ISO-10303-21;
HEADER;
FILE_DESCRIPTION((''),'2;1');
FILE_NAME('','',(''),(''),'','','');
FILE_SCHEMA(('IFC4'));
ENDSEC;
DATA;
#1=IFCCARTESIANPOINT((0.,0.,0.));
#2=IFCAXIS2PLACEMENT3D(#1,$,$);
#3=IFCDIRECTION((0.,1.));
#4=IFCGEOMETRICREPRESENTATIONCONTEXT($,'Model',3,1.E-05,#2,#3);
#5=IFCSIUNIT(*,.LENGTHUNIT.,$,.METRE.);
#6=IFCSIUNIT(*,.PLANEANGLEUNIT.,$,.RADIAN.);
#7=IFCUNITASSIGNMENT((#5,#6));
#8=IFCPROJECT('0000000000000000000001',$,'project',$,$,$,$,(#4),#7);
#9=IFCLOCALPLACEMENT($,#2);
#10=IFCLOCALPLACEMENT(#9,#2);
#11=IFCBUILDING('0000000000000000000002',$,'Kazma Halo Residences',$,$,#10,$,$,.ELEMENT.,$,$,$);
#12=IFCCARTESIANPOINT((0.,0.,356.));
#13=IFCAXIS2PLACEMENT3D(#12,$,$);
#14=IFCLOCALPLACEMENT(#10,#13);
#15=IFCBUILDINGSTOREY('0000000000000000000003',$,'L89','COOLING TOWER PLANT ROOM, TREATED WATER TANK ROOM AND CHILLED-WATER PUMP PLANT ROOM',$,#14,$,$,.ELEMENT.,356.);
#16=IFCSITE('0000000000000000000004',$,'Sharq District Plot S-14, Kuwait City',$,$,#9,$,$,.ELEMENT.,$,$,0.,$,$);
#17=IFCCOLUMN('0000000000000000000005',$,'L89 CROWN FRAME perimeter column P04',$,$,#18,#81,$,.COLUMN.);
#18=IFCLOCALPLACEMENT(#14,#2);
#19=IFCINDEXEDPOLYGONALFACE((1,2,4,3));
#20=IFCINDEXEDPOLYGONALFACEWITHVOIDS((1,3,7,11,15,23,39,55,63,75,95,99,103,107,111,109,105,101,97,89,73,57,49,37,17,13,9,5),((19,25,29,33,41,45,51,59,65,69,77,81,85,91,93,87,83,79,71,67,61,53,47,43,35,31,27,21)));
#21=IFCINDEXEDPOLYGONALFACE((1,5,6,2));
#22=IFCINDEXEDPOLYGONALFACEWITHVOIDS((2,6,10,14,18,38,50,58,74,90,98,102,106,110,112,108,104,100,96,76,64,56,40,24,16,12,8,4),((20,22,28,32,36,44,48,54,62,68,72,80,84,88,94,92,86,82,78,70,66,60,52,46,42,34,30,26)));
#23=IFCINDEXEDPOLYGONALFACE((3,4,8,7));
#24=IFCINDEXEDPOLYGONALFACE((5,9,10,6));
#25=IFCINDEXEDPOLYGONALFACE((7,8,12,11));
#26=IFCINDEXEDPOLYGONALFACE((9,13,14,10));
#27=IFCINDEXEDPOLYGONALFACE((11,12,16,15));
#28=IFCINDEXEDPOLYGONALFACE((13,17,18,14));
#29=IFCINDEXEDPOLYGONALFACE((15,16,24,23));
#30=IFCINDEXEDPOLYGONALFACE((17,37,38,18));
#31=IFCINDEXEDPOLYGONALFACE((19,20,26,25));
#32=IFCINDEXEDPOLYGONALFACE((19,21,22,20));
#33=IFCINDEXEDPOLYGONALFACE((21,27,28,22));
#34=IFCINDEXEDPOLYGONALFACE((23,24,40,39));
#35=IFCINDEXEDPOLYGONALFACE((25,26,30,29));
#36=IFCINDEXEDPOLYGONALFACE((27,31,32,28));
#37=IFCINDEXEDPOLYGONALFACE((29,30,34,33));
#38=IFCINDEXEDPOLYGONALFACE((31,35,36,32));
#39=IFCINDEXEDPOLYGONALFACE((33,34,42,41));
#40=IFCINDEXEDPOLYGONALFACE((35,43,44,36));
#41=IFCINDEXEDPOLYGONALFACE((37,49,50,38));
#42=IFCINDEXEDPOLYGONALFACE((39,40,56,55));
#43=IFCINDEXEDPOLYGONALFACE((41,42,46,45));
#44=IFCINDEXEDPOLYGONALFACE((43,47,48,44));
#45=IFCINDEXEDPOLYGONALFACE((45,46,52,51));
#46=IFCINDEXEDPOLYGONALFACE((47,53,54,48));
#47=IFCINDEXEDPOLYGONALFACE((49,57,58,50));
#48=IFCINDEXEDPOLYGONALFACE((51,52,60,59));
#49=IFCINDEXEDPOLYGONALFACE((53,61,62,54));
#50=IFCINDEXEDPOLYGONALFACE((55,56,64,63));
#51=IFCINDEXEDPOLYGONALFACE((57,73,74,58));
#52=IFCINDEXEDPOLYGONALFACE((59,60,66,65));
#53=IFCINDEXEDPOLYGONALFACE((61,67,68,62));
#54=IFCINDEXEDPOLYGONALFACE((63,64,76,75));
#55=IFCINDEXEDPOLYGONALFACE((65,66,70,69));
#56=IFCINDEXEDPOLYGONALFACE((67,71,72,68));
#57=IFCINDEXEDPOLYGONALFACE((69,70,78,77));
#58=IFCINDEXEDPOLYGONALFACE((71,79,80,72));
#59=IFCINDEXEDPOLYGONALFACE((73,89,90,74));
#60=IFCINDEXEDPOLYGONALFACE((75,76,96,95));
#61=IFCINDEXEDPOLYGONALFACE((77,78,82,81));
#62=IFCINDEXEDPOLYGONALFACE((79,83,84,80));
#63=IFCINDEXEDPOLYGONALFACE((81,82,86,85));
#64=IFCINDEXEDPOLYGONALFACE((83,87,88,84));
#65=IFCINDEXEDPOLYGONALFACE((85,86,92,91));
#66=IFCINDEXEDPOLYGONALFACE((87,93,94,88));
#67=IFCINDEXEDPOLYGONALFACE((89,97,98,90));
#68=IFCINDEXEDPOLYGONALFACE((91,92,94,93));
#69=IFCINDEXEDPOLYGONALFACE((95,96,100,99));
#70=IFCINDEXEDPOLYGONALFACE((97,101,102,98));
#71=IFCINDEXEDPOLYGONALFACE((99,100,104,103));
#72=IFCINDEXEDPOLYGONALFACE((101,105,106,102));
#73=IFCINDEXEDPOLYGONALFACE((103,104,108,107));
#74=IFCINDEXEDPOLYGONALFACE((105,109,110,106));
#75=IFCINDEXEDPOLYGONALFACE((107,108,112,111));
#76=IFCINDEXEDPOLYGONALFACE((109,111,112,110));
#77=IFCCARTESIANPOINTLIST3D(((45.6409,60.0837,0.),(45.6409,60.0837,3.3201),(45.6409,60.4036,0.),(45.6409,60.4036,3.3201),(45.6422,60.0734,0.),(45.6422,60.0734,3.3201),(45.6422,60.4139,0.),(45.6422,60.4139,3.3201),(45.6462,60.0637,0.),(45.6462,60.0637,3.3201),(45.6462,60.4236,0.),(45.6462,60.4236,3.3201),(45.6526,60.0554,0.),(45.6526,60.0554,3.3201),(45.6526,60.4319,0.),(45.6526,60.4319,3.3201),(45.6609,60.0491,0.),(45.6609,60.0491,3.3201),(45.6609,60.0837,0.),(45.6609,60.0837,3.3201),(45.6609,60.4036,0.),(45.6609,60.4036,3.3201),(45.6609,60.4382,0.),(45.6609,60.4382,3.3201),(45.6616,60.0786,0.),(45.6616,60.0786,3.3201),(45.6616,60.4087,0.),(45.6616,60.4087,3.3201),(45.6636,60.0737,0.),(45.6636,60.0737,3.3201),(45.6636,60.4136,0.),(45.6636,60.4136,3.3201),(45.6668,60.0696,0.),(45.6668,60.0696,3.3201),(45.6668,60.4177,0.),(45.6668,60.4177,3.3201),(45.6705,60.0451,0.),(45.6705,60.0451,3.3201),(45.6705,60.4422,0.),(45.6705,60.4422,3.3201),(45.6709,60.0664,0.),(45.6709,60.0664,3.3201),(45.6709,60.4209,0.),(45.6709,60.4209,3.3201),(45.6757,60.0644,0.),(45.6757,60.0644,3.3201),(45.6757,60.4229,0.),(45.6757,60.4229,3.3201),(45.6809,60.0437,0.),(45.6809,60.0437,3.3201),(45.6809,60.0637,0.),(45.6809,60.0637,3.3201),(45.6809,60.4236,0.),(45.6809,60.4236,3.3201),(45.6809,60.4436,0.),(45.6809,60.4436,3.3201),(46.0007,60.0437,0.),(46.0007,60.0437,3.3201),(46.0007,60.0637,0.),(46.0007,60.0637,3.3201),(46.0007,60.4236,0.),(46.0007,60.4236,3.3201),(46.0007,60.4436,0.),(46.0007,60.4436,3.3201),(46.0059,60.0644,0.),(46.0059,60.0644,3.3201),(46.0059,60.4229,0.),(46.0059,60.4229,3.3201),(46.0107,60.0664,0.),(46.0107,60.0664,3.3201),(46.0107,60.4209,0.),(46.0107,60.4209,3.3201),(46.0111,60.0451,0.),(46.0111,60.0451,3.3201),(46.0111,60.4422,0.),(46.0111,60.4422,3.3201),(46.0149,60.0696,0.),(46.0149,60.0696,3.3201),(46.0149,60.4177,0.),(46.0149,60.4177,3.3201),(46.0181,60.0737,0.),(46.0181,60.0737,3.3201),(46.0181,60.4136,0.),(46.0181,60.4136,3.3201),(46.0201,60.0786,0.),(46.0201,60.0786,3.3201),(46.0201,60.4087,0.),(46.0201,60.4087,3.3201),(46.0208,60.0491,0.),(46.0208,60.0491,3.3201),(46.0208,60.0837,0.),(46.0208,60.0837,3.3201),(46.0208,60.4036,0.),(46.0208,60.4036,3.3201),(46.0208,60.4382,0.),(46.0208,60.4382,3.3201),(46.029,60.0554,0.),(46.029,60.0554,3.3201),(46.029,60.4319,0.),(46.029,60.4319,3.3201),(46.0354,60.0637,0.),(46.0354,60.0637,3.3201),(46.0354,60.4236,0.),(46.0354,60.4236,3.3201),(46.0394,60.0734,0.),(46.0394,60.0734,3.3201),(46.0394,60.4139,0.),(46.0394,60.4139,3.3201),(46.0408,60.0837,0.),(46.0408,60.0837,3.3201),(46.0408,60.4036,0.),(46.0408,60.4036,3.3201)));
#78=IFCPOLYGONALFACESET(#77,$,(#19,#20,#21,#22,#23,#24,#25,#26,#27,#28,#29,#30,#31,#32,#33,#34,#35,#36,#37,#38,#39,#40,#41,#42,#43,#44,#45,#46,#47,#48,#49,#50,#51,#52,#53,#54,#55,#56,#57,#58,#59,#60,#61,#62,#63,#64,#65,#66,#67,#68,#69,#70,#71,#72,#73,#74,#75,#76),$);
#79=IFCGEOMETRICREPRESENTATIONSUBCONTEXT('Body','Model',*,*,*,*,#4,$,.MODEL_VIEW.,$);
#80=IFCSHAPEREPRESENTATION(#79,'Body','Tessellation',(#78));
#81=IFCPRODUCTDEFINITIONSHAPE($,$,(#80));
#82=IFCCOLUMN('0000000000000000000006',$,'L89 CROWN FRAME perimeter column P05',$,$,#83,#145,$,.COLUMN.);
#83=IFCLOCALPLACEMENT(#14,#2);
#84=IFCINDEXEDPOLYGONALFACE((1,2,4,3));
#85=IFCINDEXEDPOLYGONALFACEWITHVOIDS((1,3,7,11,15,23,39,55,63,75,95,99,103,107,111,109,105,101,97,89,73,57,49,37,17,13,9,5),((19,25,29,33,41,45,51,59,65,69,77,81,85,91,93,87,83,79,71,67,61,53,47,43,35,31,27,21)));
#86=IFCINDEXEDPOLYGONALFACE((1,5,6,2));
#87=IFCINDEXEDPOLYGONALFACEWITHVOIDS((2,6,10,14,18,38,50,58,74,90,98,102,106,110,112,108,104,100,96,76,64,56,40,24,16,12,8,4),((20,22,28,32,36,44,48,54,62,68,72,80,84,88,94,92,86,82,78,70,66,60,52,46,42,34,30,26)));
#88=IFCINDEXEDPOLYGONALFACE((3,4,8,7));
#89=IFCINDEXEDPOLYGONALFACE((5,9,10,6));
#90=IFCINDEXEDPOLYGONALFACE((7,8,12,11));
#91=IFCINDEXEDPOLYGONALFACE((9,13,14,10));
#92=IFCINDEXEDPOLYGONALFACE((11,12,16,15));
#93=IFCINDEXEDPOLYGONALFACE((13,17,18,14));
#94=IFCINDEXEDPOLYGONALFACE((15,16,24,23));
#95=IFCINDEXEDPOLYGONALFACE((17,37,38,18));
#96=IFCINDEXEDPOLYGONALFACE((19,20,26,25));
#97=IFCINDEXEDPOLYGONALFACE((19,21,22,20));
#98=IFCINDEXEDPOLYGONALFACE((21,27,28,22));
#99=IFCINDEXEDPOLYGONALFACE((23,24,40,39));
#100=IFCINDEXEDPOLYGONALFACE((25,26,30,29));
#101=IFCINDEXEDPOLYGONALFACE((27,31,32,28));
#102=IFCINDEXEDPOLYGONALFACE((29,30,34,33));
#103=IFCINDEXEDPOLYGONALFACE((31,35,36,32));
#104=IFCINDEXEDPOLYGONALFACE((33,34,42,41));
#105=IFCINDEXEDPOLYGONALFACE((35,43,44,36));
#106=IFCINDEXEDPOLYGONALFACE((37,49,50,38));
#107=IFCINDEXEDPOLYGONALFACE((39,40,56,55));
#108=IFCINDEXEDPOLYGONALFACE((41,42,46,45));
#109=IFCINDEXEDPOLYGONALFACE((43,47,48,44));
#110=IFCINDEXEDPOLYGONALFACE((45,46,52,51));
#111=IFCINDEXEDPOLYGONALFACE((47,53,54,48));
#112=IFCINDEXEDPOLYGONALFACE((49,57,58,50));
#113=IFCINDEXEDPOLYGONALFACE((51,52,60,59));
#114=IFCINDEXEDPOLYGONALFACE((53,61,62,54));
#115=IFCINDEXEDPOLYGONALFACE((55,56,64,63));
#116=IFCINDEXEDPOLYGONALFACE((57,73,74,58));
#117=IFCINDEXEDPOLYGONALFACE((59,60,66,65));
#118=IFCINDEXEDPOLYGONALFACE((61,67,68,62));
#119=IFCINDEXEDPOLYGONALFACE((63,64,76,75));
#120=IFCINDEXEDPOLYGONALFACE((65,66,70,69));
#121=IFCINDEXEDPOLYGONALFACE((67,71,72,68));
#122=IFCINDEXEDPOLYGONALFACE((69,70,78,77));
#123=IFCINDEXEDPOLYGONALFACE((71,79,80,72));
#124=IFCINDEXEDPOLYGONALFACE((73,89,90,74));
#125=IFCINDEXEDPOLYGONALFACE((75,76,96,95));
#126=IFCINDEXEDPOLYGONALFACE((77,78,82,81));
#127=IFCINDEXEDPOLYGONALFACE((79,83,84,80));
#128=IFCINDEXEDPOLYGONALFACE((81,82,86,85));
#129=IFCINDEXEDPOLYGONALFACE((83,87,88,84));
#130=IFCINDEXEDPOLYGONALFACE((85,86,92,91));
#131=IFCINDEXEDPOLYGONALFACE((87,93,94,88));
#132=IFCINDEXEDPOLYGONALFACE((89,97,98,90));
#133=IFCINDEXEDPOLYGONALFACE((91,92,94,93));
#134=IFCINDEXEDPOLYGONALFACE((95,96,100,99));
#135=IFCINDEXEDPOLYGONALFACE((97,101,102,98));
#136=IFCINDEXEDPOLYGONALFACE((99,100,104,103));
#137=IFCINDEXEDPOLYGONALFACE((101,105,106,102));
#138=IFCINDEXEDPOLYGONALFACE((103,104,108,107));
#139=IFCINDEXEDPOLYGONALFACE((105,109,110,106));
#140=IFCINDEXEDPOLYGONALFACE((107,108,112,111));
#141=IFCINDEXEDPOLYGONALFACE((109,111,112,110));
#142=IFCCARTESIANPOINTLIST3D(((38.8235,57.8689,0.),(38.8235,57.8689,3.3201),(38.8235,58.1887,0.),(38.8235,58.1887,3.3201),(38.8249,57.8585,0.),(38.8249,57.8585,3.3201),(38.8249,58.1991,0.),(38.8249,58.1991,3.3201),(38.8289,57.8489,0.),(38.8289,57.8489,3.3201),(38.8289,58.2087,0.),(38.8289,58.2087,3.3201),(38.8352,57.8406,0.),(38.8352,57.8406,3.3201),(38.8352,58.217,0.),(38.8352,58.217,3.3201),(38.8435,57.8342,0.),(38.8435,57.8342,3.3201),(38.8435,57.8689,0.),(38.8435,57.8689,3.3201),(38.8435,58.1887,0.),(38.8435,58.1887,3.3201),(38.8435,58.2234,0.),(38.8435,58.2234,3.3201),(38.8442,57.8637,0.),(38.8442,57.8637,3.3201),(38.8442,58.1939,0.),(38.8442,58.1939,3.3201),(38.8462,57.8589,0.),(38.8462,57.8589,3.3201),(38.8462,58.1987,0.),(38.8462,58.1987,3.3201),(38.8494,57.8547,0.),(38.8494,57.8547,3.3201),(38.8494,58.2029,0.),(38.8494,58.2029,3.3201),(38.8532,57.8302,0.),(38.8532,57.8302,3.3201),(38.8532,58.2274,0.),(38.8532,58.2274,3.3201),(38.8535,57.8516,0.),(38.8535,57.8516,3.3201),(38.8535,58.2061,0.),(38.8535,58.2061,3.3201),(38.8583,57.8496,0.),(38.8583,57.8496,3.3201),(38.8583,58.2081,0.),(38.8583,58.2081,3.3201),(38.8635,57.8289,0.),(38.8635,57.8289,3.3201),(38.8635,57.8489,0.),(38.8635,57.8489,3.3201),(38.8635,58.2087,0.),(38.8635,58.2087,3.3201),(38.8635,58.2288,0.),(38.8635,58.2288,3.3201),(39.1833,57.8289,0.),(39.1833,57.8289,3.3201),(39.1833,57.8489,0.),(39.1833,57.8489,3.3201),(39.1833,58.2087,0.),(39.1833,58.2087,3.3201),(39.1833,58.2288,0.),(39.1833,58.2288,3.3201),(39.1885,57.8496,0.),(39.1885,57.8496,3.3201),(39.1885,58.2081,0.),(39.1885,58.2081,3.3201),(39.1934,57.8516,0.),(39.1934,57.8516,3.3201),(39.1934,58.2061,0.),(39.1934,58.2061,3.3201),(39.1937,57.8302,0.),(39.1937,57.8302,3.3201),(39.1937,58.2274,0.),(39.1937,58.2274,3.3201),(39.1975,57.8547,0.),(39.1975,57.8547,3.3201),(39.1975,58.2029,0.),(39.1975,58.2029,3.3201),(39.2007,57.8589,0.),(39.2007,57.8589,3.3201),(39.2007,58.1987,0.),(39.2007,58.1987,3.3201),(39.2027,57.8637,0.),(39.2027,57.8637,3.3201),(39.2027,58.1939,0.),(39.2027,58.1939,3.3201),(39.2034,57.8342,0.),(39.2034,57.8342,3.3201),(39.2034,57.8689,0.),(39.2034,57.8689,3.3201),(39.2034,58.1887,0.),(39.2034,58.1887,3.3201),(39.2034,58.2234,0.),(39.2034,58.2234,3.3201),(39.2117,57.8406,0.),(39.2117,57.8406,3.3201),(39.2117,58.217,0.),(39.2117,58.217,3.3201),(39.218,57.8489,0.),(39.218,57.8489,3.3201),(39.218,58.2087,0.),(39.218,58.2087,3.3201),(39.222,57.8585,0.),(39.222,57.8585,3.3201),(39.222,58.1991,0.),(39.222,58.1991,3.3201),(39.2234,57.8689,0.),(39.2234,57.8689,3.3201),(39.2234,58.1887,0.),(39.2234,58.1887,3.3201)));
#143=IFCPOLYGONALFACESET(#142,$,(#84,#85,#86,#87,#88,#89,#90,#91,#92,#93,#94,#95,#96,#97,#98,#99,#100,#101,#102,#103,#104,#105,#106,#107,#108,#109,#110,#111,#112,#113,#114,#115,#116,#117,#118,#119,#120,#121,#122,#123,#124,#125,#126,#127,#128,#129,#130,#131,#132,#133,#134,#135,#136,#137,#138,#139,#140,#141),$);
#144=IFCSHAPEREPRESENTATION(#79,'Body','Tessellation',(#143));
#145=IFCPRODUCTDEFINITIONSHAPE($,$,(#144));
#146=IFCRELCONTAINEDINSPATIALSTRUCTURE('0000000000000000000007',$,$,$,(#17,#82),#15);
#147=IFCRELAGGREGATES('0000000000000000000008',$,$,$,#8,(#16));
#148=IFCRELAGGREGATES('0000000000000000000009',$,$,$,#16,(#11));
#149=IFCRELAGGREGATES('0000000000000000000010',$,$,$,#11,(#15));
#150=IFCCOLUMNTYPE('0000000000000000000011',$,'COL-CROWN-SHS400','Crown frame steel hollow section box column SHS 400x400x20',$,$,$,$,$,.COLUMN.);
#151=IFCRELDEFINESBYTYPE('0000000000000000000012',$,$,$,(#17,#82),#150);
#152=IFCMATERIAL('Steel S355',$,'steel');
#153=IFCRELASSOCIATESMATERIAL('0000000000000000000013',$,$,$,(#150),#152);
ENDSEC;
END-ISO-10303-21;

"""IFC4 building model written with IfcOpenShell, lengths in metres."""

from ifc_helpers import new_model, si_unit, direction, frame, origin, origin_2d, place, context, subcontext, project, spatial, hollow_rectangle, extrude, material, material_profile, profile_set, type_object, element, save


model = new_model("IFC4")

# Units and contexts
model_context = context("Model", 3, precision=1e-05, world=origin(), true_north=direction((0.0, 1.0)))
body_context = subcontext(model_context, "Body", "Model", "MODEL_VIEW")
ifc_project = project(units=[si_unit("LENGTHUNIT", "METRE"), si_unit("PLANEANGLEUNIT", "RADIAN")], contexts=[model_context])

# Site, building, storey
site_placement = place(None, origin())
site = spatial("IfcSite", under=ifc_project, at=site_placement, Name="Sharq District Plot S-14, Kuwait City", CompositionType="ELEMENT", RefElevation=0.0)
building_placement = place(site_placement, origin())
building = spatial("IfcBuilding", under=site, at=building_placement, Name="Kazma Halo Residences", CompositionType="ELEMENT")
storey_placement = place(building_placement, frame((0.0, 0.0, 356.0)))
storey = spatial("IfcBuildingStorey", under=building, at=storey_placement, Name="L89", Description="COOLING TOWER PLANT ROOM, TREATED WATER TANK ROOM AND CHILLED-WATER PUMP PLANT ROOM", CompositionType="ELEMENT", Elevation=356.0)

# Columns
ifc_material_1 = material(Name="Steel S355", Category="steel")
ifc_material_profile_1 = material_profile(ifc_material_1, hollow_rectangle(XDim=0.3999, YDim=0.3999, WallThickness=0.02, InnerFilletRadius=0.02, OuterFilletRadius=0.04, at=origin_2d()), Name="SHS400x400x20")
ifc_profile_set_1 = profile_set([ifc_material_profile_1], Name="Steel S355")
column_type_1 = type_object("IfcColumnType", Name="COL-CROWN-SHS400", Description="Crown frame steel hollow section box column SHS 400x400x20", PredefinedType="COLUMN", material=ifc_profile_set_1)
for number, where, z_axis, x_axis, name in (
    (1, (45.8408, 60.2437, 0.0), (0.0, 0.0, 1.0), (1.0, 0.0, 0.0), "L89 CROWN FRAME perimeter column P04"),
    (2, (39.0234, 58.0288, 0.0), (0.0, 0.0, 1.0), (1.0, 0.0, 0.0), "L89 CROWN FRAME perimeter column P05"),
):
    element("IfcColumn", number, at=place(storey_placement, frame(where, z_axis=z_axis, x_axis=x_axis)), inside=storey, type_object=column_type_1, Name=name, PredefinedType="COLUMN", context=body_context, shape_type="SweptSolid", body=[
        extrude(hollow_rectangle(XDim=0.3999, YDim=0.3999, WallThickness=0.02, InnerFilletRadius=0.02, OuterFilletRadius=0.04, at=origin_2d()), origin(), (0.0, 0.0, 1.0), 3.3201),
    ])

save(model, "model.ifc")
